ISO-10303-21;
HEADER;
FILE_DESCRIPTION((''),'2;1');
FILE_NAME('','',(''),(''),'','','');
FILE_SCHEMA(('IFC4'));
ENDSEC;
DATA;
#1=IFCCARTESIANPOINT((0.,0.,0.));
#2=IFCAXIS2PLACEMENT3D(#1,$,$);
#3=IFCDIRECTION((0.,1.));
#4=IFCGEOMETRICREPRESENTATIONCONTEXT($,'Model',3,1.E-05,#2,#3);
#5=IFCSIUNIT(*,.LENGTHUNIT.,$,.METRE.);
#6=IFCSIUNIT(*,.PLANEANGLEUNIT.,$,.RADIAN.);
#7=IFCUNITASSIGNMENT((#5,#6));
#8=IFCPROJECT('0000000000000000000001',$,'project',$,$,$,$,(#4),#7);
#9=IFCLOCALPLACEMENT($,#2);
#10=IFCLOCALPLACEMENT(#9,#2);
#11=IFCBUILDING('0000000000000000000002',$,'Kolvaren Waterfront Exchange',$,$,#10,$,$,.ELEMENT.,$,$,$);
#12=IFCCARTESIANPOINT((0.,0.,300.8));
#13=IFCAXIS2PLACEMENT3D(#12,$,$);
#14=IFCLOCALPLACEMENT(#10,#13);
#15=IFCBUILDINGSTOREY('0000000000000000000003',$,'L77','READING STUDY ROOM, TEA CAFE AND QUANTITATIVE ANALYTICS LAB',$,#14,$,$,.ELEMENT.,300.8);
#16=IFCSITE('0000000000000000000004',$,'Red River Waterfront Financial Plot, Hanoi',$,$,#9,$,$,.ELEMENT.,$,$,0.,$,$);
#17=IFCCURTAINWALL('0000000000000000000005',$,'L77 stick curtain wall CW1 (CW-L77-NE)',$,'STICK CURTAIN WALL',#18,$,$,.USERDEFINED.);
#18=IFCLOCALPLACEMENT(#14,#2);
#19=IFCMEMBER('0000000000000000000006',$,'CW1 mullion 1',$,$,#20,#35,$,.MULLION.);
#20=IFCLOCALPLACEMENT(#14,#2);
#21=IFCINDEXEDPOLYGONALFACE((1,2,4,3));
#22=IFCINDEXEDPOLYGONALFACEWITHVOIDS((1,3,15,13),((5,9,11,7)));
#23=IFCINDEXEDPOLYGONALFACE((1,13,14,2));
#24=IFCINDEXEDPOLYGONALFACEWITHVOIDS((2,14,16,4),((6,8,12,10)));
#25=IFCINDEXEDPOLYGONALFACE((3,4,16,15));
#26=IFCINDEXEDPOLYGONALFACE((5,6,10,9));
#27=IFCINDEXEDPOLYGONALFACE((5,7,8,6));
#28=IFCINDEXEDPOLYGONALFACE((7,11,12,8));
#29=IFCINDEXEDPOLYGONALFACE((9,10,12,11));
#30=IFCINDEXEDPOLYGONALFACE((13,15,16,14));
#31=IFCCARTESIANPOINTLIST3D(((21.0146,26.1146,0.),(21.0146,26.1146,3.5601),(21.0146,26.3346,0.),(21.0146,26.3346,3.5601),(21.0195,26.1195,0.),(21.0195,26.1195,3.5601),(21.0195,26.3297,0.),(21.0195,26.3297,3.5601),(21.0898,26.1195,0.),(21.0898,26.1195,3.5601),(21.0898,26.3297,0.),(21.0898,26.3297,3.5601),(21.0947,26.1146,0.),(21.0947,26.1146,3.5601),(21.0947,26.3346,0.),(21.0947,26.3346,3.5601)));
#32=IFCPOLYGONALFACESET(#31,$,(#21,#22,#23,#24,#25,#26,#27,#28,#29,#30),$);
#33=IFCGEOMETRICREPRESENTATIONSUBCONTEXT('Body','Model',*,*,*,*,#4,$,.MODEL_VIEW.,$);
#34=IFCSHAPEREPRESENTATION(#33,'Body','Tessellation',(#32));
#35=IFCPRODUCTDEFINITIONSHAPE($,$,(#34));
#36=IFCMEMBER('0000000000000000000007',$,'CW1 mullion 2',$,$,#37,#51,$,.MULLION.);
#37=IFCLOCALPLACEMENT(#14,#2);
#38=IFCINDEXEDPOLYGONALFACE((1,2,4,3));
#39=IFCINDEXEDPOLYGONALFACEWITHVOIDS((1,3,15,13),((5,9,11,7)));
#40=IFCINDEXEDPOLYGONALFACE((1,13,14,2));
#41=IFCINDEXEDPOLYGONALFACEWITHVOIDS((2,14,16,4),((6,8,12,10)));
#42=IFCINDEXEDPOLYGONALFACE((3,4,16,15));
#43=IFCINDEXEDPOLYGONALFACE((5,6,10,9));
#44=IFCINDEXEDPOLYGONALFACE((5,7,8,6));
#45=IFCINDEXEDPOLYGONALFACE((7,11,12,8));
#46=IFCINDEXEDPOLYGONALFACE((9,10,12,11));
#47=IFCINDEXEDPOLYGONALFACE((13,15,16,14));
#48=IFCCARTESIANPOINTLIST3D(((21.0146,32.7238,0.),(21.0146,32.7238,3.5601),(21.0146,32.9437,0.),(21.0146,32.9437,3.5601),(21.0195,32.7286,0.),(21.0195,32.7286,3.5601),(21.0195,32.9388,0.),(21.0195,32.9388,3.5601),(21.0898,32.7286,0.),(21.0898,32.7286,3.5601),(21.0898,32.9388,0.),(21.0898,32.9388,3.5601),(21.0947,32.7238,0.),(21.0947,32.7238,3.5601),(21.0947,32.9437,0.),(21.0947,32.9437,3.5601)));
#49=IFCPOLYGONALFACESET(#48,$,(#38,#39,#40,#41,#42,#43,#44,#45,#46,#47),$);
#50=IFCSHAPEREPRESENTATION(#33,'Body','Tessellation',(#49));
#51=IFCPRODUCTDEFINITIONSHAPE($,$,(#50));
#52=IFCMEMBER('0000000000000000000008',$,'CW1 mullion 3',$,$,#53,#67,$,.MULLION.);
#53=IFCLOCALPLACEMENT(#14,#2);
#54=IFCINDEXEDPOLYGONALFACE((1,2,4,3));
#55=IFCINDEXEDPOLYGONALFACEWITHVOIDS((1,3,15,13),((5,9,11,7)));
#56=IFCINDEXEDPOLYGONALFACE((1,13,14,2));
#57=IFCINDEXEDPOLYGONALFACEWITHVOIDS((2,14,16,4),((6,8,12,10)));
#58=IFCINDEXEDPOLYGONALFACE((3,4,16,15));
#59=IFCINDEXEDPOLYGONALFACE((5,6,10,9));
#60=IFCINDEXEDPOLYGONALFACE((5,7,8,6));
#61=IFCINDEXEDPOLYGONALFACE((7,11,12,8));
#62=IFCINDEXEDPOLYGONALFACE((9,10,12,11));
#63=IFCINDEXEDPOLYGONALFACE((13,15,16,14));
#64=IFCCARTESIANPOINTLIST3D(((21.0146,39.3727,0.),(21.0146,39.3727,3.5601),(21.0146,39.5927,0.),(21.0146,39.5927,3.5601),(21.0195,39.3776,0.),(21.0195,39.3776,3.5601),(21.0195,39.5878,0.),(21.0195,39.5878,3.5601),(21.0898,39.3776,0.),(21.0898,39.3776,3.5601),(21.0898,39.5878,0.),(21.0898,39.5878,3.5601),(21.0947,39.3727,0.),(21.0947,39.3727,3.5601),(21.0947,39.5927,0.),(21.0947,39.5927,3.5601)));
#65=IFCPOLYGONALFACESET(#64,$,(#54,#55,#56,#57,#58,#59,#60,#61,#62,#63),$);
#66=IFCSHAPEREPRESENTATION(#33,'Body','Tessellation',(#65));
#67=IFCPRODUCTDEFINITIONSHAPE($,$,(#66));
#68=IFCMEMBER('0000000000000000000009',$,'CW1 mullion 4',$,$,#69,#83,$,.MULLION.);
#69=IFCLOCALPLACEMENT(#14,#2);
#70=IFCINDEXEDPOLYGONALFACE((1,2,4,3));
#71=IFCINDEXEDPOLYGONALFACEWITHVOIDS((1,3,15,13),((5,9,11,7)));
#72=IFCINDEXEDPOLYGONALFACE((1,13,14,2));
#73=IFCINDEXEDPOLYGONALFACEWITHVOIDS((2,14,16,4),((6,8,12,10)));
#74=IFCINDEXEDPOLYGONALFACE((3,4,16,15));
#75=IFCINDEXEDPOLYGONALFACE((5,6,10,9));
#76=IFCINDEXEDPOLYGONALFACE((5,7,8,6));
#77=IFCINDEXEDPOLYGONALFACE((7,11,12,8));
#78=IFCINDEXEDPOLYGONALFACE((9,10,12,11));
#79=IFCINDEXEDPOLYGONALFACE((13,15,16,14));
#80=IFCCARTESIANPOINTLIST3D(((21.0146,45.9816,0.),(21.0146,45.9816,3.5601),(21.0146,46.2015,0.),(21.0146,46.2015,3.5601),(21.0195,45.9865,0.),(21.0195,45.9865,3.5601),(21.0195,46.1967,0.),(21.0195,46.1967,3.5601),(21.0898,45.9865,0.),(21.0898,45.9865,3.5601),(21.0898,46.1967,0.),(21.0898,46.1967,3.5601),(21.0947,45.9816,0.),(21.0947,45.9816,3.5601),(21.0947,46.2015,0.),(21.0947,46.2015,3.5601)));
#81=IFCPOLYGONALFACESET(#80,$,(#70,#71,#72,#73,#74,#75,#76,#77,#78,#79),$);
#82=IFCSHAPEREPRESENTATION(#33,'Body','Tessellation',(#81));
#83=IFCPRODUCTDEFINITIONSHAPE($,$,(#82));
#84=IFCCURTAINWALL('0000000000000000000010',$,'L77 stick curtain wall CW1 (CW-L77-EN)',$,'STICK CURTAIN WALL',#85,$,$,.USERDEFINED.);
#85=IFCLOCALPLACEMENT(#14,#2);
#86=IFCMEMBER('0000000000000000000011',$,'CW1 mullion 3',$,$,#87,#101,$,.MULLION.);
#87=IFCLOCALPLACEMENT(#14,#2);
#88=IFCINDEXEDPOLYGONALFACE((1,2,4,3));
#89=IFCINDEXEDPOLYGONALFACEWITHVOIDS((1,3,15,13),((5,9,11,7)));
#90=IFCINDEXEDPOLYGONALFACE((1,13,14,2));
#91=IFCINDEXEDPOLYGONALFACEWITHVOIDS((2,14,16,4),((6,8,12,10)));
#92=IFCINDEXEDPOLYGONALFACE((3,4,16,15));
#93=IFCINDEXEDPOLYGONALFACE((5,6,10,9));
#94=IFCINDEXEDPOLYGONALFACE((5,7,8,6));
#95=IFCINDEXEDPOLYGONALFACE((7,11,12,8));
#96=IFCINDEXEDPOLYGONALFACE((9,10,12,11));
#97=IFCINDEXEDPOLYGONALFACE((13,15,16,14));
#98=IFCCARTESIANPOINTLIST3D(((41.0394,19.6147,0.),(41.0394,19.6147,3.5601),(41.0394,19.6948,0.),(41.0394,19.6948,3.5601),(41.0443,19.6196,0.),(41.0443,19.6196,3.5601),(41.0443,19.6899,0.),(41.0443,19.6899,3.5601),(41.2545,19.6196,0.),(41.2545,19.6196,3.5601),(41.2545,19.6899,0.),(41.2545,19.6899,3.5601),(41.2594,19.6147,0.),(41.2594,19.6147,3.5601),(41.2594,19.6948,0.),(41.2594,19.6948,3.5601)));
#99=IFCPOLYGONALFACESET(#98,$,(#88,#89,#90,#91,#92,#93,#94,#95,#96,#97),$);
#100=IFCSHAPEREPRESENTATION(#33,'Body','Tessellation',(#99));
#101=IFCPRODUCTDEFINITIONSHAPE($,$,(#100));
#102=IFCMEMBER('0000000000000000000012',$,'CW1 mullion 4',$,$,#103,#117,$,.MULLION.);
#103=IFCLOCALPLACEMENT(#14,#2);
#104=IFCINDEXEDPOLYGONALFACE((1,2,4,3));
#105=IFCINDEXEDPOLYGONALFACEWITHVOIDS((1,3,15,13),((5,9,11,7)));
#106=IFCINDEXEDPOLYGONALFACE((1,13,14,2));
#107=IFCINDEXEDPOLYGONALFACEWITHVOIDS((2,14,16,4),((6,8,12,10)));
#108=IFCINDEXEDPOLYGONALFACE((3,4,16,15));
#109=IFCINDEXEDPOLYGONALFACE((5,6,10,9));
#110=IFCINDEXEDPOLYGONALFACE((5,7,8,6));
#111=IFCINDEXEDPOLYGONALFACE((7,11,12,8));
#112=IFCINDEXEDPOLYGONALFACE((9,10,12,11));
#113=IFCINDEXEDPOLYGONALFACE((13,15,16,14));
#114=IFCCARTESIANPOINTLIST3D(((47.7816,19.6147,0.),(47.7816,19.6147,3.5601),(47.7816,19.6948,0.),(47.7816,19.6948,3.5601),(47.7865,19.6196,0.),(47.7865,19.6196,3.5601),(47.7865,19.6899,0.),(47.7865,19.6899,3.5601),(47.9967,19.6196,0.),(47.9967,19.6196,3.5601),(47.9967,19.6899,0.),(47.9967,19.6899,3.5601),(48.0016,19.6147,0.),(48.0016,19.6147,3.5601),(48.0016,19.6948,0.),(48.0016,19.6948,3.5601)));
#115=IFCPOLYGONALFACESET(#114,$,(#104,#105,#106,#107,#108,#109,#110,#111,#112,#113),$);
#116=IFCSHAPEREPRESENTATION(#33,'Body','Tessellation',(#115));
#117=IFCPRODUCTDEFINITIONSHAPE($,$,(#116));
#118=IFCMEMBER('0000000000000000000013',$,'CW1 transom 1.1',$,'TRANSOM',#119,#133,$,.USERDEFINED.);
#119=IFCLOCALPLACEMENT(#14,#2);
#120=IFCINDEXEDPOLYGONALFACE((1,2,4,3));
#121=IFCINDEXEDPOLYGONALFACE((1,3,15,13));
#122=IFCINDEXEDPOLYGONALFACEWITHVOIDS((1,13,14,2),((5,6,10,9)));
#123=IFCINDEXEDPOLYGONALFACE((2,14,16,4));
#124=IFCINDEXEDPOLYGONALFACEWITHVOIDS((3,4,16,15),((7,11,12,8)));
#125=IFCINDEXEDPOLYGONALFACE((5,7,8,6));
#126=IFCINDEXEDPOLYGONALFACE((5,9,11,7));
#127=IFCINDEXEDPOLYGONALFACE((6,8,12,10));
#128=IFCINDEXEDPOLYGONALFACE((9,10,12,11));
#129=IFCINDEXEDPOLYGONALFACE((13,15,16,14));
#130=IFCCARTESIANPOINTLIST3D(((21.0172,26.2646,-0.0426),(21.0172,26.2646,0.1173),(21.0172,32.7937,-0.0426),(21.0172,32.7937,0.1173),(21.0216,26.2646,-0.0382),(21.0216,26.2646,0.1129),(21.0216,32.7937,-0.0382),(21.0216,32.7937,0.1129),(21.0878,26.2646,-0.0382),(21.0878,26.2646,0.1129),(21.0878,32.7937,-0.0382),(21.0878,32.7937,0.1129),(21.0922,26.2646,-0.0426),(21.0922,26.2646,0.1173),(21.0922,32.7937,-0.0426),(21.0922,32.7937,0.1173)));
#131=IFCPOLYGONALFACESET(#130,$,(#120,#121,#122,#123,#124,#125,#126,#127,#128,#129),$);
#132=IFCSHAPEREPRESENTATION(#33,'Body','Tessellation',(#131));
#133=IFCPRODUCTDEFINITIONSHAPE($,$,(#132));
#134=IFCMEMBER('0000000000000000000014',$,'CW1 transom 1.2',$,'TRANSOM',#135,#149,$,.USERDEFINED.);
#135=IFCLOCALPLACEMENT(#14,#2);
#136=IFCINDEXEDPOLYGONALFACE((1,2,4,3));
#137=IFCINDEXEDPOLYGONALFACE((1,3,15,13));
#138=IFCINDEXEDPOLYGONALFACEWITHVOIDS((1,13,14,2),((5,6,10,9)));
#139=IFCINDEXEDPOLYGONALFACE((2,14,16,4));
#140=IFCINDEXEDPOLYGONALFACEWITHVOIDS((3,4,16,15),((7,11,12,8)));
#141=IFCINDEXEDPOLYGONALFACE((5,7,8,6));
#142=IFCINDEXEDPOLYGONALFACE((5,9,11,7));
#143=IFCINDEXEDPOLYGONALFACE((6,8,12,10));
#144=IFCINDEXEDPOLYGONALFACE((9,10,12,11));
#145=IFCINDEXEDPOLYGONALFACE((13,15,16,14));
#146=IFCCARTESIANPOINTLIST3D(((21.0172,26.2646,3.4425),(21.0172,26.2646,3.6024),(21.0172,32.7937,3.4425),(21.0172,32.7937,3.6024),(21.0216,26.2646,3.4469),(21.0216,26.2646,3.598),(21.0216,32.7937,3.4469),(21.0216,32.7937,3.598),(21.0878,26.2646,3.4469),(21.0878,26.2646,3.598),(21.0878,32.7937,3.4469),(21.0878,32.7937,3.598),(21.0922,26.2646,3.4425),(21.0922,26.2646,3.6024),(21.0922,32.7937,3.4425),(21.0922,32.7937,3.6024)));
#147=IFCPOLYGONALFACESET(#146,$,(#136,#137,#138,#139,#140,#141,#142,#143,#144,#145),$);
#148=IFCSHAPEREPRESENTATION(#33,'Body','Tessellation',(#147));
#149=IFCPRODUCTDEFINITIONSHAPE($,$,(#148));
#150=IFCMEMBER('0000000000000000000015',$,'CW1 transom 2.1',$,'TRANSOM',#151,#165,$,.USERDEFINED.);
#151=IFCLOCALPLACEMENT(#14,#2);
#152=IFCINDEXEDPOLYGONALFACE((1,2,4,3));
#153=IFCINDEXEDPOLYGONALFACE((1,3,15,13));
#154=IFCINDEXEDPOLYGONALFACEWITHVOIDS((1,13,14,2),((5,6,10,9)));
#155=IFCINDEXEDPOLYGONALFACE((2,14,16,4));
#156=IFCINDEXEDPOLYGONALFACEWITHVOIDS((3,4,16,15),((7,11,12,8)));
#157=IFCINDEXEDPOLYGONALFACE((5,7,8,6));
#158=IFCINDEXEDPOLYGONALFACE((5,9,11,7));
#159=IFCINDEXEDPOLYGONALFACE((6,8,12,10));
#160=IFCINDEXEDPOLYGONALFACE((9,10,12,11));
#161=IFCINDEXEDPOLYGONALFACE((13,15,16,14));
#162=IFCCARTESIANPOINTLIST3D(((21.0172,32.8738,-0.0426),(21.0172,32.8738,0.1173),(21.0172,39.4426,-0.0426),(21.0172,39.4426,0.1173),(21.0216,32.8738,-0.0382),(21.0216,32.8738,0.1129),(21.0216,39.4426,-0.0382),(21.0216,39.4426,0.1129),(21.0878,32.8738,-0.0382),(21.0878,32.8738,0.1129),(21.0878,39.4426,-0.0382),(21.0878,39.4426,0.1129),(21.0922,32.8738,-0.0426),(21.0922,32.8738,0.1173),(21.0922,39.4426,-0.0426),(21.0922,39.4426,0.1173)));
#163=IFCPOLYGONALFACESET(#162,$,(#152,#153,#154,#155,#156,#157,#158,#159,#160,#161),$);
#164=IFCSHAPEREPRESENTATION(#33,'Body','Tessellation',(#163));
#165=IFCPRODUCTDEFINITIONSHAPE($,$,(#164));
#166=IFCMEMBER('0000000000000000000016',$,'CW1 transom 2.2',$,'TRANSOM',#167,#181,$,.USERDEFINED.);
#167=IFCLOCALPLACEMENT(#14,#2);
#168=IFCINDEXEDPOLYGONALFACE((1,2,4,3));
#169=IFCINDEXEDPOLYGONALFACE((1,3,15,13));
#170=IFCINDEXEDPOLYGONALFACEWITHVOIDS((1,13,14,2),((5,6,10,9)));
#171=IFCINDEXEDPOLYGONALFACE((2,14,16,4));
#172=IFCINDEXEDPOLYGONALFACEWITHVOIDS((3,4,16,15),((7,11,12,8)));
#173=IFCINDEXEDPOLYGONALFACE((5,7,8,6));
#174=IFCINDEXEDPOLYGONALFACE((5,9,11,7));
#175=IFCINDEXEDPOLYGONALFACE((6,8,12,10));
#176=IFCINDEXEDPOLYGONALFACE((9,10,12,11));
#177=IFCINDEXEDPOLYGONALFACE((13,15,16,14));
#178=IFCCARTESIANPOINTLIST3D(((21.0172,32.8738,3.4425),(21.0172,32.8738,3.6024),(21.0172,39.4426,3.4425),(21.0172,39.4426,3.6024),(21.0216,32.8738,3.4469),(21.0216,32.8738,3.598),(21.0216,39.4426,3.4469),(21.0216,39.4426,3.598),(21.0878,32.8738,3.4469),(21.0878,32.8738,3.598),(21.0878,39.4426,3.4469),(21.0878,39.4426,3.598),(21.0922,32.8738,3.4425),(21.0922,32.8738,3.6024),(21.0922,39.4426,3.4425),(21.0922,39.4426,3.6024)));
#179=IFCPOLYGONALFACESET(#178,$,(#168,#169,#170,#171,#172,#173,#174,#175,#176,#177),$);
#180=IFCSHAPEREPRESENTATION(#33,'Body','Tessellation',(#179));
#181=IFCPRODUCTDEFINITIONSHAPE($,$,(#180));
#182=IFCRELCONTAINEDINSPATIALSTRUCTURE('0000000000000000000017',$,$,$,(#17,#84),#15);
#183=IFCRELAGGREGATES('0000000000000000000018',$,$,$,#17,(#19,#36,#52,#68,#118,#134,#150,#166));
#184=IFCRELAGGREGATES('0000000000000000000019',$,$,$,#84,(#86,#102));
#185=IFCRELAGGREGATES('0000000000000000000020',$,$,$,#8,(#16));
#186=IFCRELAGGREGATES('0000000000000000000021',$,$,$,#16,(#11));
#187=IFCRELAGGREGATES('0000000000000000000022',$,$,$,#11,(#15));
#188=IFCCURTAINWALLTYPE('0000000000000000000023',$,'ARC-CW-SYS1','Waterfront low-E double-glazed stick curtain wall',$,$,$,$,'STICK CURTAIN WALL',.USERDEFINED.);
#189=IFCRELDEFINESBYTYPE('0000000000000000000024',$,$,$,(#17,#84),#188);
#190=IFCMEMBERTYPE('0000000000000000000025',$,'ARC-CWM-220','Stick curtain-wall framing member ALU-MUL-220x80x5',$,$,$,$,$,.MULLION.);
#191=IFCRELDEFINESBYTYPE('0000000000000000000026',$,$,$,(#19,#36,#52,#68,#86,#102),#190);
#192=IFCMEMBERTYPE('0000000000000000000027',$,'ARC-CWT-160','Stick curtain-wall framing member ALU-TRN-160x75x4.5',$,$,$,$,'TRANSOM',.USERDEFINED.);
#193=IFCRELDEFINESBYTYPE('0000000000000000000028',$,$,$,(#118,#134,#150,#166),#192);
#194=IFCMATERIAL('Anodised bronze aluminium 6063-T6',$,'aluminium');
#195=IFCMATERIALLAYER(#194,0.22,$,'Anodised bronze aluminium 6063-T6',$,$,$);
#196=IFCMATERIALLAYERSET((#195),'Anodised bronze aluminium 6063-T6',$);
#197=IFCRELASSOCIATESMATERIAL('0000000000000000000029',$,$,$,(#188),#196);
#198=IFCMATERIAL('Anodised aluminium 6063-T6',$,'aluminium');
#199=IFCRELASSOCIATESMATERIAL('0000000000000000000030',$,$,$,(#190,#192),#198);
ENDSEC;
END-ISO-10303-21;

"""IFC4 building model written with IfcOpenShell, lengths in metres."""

from ifc_helpers import new_model, si_unit, direction, frame, origin, origin_with_axes, origin_2d, place, context, subcontext, project, spatial, hollow_rectangle, extrude, source, transform, mapped, material, layer, layer_set, material_profile, profile_set, type_object, element, aggregate, save


model = new_model("IFC4")

# Units and contexts
model_context = context("Model", 3, precision=1e-05, world=origin(), true_north=direction((0.0, 1.0)))
body_context = subcontext(model_context, "Body", "Model", "MODEL_VIEW")
ifc_project = project(units=[si_unit("LENGTHUNIT", "METRE"), si_unit("PLANEANGLEUNIT", "RADIAN")], contexts=[model_context])

# Site, building, storey
site_placement = place(None, origin())
site = spatial("IfcSite", under=ifc_project, at=site_placement, Name="Red River Waterfront Financial Plot, Hanoi", CompositionType="ELEMENT", RefElevation=0.0)
building_placement = place(site_placement, origin())
building = spatial("IfcBuilding", under=site, at=building_placement, Name="Kolvaren Waterfront Exchange", CompositionType="ELEMENT")
storey_placement = place(building_placement, frame((0.0, 0.0, 300.8)))
storey = spatial("IfcBuildingStorey", under=building, at=storey_placement, Name="L77", Description="READING STUDY ROOM, TEA CAFE AND QUANTITATIVE ANALYTICS LAB", CompositionType="ELEMENT", Elevation=300.8)

# Curtain walls, members
ifc_material_1 = material(Name="Anodised bronze aluminium 6063-T6", Category="aluminium")
ifc_layer_1 = layer(ifc_material_1, 0.22, Name="Anodised bronze aluminium 6063-T6")
ifc_layer_set_1 = layer_set([ifc_layer_1], Name="Anodised bronze aluminium 6063-T6")
curtain_wall_type = type_object("IfcCurtainWallType", Name="ARC-CW-SYS1", Description="Waterfront low-E double-glazed stick curtain wall", ElementType="STICK CURTAIN WALL", PredefinedType="USERDEFINED", material=ifc_layer_set_1)
curtain_wall_1_placement = place(storey_placement, origin())
curtain_wall_1 = element("IfcCurtainWall", 1, at=curtain_wall_1_placement, inside=storey, type_object=curtain_wall_type, Name="L77 stick curtain wall CW1 (CW-L77-NE)", ObjectType="STICK CURTAIN WALL", PredefinedType="USERDEFINED")
ifc_material_2 = material(Name="Anodised aluminium 6063-T6", Category="aluminium")
ifc_material_profile_1 = material_profile(ifc_material_2, hollow_rectangle(XDim=0.0801, YDim=0.22, WallThickness=0.0049, at=origin_2d()), Name="ALU-MUL-220x80x5")
ifc_profile_set_1 = profile_set([ifc_material_profile_1], Name="Anodised aluminium 6063-T6")
member_type_1 = type_object("IfcMemberType", Name="ARC-CWM-220", Description="Stick curtain-wall framing member ALU-MUL-220x80x5", PredefinedType="MULLION", material=ifc_profile_set_1)
shared_shape_1 = source(origin_with_axes(), body_context, "Body", "SweptSolid", [
    extrude(hollow_rectangle(XDim=0.0801, YDim=0.22, WallThickness=0.0049, at=origin_2d()), origin(), (0.0, 0.0, 1.0), 3.5601),
])
member_1_placement = place(storey_placement, frame((21.0547, 26.2246, 0.0), z_axis=(0.0, 0.0, 1.0), x_axis=(-1.0, 0.0, 0.0)))
member_1 = element("IfcMember", 2, at=member_1_placement, type_object=member_type_1, Name="CW1 mullion 1", PredefinedType="MULLION", context=body_context, shape_type="MappedRepresentation", body=[
    mapped(shared_shape_1, transform((0.0, 0.0, 0.0), x_axis=(1.0, 0.0, 0.0), y_axis=(0.0, 1.0, 0.0), z_axis=(0.0, 0.0, 1.0), scale=1.0)),
])
member_2_placement = place(storey_placement, frame((21.0547, 32.8337, 0.0), z_axis=(0.0, 0.0, 1.0), x_axis=(-1.0, 0.0, 0.0)))
member_2 = element("IfcMember", 3, at=member_2_placement, type_object=member_type_1, Name="CW1 mullion 2", PredefinedType="MULLION", context=body_context, shape_type="MappedRepresentation", body=[
    mapped(shared_shape_1, transform((0.0, 0.0, 0.0), x_axis=(1.0, 0.0, 0.0), y_axis=(0.0, 1.0, 0.0), z_axis=(0.0, 0.0, 1.0), scale=1.0)),
])
member_3_placement = place(storey_placement, frame((21.0547, 39.4827, 0.0), z_axis=(0.0, 0.0, 1.0), x_axis=(-1.0, 0.0, 0.0)))
member_3 = element("IfcMember", 4, at=member_3_placement, type_object=member_type_1, Name="CW1 mullion 3", PredefinedType="MULLION", context=body_context, shape_type="MappedRepresentation", body=[
    mapped(shared_shape_1, transform((0.0, 0.0, 0.0), x_axis=(1.0, 0.0, 0.0), y_axis=(0.0, 1.0, 0.0), z_axis=(0.0, 0.0, 1.0), scale=1.0)),
])
member_4_placement = place(storey_placement, frame((21.0547, 46.0916, 0.0), z_axis=(0.0, 0.0, 1.0), x_axis=(-1.0, 0.0, 0.0)))
member_4 = element("IfcMember", 5, at=member_4_placement, type_object=member_type_1, Name="CW1 mullion 4", PredefinedType="MULLION", context=body_context, shape_type="MappedRepresentation", body=[
    mapped(shared_shape_1, transform((0.0, 0.0, 0.0), x_axis=(1.0, 0.0, 0.0), y_axis=(0.0, 1.0, 0.0), z_axis=(0.0, 0.0, 1.0), scale=1.0)),
])
curtain_wall_2_placement = place(storey_placement, origin())
curtain_wall_2 = element("IfcCurtainWall", 6, at=curtain_wall_2_placement, inside=storey, type_object=curtain_wall_type, Name="L77 stick curtain wall CW1 (CW-L77-EN)", ObjectType="STICK CURTAIN WALL", PredefinedType="USERDEFINED")
member_5_placement = place(storey_placement, frame((41.1494, 19.6548, 0.0), z_axis=(0.0, 0.0, 1.0), x_axis=(0.0, 1.0, 0.0)))
member_5 = element("IfcMember", 7, at=member_5_placement, type_object=member_type_1, Name="CW1 mullion 3", PredefinedType="MULLION", context=body_context, shape_type="MappedRepresentation", body=[
    mapped(shared_shape_1, transform((0.0, 0.0, 0.0), x_axis=(1.0, 0.0, 0.0), y_axis=(0.0, 1.0, 0.0), z_axis=(0.0, 0.0, 1.0), scale=1.0)),
])
member_6_placement = place(storey_placement, frame((47.8916, 19.6548, 0.0), z_axis=(0.0, 0.0, 1.0), x_axis=(0.0, 1.0, 0.0)))
member_6 = element("IfcMember", 8, at=member_6_placement, type_object=member_type_1, Name="CW1 mullion 4", PredefinedType="MULLION", context=body_context, shape_type="MappedRepresentation", body=[
    mapped(shared_shape_1, transform((0.0, 0.0, 0.0), x_axis=(1.0, 0.0, 0.0), y_axis=(0.0, 1.0, 0.0), z_axis=(0.0, 0.0, 1.0), scale=1.0)),
])

# Members
ifc_material_profile_2 = material_profile(ifc_material_2, hollow_rectangle(XDim=0.075, YDim=0.1599, WallThickness=0.0044, at=origin_2d()), Name="ALU-TRN-160x75x4.5")
ifc_profile_set_2 = profile_set([ifc_material_profile_2], Name="Anodised aluminium 6063-T6")
member_type_2 = type_object("IfcMemberType", Name="ARC-CWT-160", Description="Stick curtain-wall framing member ALU-TRN-160x75x4.5", ElementType="TRANSOM", PredefinedType="USERDEFINED", material=ifc_profile_set_2)
shared_shape_2 = source(origin_with_axes(), body_context, "Body", "SweptSolid", [
    extrude(hollow_rectangle(XDim=0.075, YDim=0.1599, WallThickness=0.0044, at=origin_2d()), origin(), (0.0, 0.0, 1.0), 6.5291),
])
member_7_placement = place(storey_placement, frame((21.0547, 26.2646, 0.0374), z_axis=(0.0, 1.0, 0.0), x_axis=(-1.0, 0.0, 0.0)))
member_7 = element("IfcMember", 9, at=member_7_placement, type_object=member_type_2, Name="CW1 transom 1.1", ObjectType="TRANSOM", PredefinedType="USERDEFINED", context=body_context, shape_type="MappedRepresentation", body=[
    mapped(shared_shape_2, transform((0.0, 0.0, 0.0), x_axis=(1.0, 0.0, 0.0), y_axis=(0.0, 1.0, 0.0), z_axis=(0.0, 0.0, 1.0), scale=1.0)),
])
member_8_placement = place(storey_placement, frame((21.0547, 26.2646, 3.5225), z_axis=(0.0, 1.0, 0.0), x_axis=(-1.0, 0.0, 0.0)))
member_8 = element("IfcMember", 10, at=member_8_placement, type_object=member_type_2, Name="CW1 transom 1.2", ObjectType="TRANSOM", PredefinedType="USERDEFINED", context=body_context, shape_type="MappedRepresentation", body=[
    mapped(shared_shape_2, transform((0.0, 0.0, 0.0), x_axis=(1.0, 0.0, 0.0), y_axis=(0.0, 1.0, 0.0), z_axis=(0.0, 0.0, 1.0), scale=1.0)),
])
shared_shape_3 = source(origin_with_axes(), body_context, "Body", "SweptSolid", [
    extrude(hollow_rectangle(XDim=0.075, YDim=0.1599, WallThickness=0.0044, at=origin_2d()), origin(), (0.0, 0.0, 1.0), 6.5688),
])
member_9_placement = place(storey_placement, frame((21.0547, 32.8738, 0.0374), z_axis=(0.0, 1.0, 0.0), x_axis=(-1.0, 0.0, 0.0)))
member_9 = element("IfcMember", 11, at=member_9_placement, type_object=member_type_2, Name="CW1 transom 2.1", ObjectType="TRANSOM", PredefinedType="USERDEFINED", context=body_context, shape_type="MappedRepresentation", body=[
    mapped(shared_shape_3, transform((0.0, 0.0, 0.0), x_axis=(1.0, 0.0, 0.0), y_axis=(0.0, 1.0, 0.0), z_axis=(0.0, 0.0, 1.0), scale=1.0)),
])
member_10_placement = place(storey_placement, frame((21.0547, 32.8738, 3.5225), z_axis=(0.0, 1.0, 0.0), x_axis=(-1.0, 0.0, 0.0)))
member_10 = element("IfcMember", 12, at=member_10_placement, type_object=member_type_2, Name="CW1 transom 2.2", ObjectType="TRANSOM", PredefinedType="USERDEFINED", context=body_context, shape_type="MappedRepresentation", body=[
    mapped(shared_shape_3, transform((0.0, 0.0, 0.0), x_axis=(1.0, 0.0, 0.0), y_axis=(0.0, 1.0, 0.0), z_axis=(0.0, 0.0, 1.0), scale=1.0)),
])

aggregate(curtain_wall_1, [member_1, member_2, member_3, member_4, member_7, member_8, member_9, member_10])
aggregate(curtain_wall_2, [member_5, member_6])

save(model, "model.ifc")
